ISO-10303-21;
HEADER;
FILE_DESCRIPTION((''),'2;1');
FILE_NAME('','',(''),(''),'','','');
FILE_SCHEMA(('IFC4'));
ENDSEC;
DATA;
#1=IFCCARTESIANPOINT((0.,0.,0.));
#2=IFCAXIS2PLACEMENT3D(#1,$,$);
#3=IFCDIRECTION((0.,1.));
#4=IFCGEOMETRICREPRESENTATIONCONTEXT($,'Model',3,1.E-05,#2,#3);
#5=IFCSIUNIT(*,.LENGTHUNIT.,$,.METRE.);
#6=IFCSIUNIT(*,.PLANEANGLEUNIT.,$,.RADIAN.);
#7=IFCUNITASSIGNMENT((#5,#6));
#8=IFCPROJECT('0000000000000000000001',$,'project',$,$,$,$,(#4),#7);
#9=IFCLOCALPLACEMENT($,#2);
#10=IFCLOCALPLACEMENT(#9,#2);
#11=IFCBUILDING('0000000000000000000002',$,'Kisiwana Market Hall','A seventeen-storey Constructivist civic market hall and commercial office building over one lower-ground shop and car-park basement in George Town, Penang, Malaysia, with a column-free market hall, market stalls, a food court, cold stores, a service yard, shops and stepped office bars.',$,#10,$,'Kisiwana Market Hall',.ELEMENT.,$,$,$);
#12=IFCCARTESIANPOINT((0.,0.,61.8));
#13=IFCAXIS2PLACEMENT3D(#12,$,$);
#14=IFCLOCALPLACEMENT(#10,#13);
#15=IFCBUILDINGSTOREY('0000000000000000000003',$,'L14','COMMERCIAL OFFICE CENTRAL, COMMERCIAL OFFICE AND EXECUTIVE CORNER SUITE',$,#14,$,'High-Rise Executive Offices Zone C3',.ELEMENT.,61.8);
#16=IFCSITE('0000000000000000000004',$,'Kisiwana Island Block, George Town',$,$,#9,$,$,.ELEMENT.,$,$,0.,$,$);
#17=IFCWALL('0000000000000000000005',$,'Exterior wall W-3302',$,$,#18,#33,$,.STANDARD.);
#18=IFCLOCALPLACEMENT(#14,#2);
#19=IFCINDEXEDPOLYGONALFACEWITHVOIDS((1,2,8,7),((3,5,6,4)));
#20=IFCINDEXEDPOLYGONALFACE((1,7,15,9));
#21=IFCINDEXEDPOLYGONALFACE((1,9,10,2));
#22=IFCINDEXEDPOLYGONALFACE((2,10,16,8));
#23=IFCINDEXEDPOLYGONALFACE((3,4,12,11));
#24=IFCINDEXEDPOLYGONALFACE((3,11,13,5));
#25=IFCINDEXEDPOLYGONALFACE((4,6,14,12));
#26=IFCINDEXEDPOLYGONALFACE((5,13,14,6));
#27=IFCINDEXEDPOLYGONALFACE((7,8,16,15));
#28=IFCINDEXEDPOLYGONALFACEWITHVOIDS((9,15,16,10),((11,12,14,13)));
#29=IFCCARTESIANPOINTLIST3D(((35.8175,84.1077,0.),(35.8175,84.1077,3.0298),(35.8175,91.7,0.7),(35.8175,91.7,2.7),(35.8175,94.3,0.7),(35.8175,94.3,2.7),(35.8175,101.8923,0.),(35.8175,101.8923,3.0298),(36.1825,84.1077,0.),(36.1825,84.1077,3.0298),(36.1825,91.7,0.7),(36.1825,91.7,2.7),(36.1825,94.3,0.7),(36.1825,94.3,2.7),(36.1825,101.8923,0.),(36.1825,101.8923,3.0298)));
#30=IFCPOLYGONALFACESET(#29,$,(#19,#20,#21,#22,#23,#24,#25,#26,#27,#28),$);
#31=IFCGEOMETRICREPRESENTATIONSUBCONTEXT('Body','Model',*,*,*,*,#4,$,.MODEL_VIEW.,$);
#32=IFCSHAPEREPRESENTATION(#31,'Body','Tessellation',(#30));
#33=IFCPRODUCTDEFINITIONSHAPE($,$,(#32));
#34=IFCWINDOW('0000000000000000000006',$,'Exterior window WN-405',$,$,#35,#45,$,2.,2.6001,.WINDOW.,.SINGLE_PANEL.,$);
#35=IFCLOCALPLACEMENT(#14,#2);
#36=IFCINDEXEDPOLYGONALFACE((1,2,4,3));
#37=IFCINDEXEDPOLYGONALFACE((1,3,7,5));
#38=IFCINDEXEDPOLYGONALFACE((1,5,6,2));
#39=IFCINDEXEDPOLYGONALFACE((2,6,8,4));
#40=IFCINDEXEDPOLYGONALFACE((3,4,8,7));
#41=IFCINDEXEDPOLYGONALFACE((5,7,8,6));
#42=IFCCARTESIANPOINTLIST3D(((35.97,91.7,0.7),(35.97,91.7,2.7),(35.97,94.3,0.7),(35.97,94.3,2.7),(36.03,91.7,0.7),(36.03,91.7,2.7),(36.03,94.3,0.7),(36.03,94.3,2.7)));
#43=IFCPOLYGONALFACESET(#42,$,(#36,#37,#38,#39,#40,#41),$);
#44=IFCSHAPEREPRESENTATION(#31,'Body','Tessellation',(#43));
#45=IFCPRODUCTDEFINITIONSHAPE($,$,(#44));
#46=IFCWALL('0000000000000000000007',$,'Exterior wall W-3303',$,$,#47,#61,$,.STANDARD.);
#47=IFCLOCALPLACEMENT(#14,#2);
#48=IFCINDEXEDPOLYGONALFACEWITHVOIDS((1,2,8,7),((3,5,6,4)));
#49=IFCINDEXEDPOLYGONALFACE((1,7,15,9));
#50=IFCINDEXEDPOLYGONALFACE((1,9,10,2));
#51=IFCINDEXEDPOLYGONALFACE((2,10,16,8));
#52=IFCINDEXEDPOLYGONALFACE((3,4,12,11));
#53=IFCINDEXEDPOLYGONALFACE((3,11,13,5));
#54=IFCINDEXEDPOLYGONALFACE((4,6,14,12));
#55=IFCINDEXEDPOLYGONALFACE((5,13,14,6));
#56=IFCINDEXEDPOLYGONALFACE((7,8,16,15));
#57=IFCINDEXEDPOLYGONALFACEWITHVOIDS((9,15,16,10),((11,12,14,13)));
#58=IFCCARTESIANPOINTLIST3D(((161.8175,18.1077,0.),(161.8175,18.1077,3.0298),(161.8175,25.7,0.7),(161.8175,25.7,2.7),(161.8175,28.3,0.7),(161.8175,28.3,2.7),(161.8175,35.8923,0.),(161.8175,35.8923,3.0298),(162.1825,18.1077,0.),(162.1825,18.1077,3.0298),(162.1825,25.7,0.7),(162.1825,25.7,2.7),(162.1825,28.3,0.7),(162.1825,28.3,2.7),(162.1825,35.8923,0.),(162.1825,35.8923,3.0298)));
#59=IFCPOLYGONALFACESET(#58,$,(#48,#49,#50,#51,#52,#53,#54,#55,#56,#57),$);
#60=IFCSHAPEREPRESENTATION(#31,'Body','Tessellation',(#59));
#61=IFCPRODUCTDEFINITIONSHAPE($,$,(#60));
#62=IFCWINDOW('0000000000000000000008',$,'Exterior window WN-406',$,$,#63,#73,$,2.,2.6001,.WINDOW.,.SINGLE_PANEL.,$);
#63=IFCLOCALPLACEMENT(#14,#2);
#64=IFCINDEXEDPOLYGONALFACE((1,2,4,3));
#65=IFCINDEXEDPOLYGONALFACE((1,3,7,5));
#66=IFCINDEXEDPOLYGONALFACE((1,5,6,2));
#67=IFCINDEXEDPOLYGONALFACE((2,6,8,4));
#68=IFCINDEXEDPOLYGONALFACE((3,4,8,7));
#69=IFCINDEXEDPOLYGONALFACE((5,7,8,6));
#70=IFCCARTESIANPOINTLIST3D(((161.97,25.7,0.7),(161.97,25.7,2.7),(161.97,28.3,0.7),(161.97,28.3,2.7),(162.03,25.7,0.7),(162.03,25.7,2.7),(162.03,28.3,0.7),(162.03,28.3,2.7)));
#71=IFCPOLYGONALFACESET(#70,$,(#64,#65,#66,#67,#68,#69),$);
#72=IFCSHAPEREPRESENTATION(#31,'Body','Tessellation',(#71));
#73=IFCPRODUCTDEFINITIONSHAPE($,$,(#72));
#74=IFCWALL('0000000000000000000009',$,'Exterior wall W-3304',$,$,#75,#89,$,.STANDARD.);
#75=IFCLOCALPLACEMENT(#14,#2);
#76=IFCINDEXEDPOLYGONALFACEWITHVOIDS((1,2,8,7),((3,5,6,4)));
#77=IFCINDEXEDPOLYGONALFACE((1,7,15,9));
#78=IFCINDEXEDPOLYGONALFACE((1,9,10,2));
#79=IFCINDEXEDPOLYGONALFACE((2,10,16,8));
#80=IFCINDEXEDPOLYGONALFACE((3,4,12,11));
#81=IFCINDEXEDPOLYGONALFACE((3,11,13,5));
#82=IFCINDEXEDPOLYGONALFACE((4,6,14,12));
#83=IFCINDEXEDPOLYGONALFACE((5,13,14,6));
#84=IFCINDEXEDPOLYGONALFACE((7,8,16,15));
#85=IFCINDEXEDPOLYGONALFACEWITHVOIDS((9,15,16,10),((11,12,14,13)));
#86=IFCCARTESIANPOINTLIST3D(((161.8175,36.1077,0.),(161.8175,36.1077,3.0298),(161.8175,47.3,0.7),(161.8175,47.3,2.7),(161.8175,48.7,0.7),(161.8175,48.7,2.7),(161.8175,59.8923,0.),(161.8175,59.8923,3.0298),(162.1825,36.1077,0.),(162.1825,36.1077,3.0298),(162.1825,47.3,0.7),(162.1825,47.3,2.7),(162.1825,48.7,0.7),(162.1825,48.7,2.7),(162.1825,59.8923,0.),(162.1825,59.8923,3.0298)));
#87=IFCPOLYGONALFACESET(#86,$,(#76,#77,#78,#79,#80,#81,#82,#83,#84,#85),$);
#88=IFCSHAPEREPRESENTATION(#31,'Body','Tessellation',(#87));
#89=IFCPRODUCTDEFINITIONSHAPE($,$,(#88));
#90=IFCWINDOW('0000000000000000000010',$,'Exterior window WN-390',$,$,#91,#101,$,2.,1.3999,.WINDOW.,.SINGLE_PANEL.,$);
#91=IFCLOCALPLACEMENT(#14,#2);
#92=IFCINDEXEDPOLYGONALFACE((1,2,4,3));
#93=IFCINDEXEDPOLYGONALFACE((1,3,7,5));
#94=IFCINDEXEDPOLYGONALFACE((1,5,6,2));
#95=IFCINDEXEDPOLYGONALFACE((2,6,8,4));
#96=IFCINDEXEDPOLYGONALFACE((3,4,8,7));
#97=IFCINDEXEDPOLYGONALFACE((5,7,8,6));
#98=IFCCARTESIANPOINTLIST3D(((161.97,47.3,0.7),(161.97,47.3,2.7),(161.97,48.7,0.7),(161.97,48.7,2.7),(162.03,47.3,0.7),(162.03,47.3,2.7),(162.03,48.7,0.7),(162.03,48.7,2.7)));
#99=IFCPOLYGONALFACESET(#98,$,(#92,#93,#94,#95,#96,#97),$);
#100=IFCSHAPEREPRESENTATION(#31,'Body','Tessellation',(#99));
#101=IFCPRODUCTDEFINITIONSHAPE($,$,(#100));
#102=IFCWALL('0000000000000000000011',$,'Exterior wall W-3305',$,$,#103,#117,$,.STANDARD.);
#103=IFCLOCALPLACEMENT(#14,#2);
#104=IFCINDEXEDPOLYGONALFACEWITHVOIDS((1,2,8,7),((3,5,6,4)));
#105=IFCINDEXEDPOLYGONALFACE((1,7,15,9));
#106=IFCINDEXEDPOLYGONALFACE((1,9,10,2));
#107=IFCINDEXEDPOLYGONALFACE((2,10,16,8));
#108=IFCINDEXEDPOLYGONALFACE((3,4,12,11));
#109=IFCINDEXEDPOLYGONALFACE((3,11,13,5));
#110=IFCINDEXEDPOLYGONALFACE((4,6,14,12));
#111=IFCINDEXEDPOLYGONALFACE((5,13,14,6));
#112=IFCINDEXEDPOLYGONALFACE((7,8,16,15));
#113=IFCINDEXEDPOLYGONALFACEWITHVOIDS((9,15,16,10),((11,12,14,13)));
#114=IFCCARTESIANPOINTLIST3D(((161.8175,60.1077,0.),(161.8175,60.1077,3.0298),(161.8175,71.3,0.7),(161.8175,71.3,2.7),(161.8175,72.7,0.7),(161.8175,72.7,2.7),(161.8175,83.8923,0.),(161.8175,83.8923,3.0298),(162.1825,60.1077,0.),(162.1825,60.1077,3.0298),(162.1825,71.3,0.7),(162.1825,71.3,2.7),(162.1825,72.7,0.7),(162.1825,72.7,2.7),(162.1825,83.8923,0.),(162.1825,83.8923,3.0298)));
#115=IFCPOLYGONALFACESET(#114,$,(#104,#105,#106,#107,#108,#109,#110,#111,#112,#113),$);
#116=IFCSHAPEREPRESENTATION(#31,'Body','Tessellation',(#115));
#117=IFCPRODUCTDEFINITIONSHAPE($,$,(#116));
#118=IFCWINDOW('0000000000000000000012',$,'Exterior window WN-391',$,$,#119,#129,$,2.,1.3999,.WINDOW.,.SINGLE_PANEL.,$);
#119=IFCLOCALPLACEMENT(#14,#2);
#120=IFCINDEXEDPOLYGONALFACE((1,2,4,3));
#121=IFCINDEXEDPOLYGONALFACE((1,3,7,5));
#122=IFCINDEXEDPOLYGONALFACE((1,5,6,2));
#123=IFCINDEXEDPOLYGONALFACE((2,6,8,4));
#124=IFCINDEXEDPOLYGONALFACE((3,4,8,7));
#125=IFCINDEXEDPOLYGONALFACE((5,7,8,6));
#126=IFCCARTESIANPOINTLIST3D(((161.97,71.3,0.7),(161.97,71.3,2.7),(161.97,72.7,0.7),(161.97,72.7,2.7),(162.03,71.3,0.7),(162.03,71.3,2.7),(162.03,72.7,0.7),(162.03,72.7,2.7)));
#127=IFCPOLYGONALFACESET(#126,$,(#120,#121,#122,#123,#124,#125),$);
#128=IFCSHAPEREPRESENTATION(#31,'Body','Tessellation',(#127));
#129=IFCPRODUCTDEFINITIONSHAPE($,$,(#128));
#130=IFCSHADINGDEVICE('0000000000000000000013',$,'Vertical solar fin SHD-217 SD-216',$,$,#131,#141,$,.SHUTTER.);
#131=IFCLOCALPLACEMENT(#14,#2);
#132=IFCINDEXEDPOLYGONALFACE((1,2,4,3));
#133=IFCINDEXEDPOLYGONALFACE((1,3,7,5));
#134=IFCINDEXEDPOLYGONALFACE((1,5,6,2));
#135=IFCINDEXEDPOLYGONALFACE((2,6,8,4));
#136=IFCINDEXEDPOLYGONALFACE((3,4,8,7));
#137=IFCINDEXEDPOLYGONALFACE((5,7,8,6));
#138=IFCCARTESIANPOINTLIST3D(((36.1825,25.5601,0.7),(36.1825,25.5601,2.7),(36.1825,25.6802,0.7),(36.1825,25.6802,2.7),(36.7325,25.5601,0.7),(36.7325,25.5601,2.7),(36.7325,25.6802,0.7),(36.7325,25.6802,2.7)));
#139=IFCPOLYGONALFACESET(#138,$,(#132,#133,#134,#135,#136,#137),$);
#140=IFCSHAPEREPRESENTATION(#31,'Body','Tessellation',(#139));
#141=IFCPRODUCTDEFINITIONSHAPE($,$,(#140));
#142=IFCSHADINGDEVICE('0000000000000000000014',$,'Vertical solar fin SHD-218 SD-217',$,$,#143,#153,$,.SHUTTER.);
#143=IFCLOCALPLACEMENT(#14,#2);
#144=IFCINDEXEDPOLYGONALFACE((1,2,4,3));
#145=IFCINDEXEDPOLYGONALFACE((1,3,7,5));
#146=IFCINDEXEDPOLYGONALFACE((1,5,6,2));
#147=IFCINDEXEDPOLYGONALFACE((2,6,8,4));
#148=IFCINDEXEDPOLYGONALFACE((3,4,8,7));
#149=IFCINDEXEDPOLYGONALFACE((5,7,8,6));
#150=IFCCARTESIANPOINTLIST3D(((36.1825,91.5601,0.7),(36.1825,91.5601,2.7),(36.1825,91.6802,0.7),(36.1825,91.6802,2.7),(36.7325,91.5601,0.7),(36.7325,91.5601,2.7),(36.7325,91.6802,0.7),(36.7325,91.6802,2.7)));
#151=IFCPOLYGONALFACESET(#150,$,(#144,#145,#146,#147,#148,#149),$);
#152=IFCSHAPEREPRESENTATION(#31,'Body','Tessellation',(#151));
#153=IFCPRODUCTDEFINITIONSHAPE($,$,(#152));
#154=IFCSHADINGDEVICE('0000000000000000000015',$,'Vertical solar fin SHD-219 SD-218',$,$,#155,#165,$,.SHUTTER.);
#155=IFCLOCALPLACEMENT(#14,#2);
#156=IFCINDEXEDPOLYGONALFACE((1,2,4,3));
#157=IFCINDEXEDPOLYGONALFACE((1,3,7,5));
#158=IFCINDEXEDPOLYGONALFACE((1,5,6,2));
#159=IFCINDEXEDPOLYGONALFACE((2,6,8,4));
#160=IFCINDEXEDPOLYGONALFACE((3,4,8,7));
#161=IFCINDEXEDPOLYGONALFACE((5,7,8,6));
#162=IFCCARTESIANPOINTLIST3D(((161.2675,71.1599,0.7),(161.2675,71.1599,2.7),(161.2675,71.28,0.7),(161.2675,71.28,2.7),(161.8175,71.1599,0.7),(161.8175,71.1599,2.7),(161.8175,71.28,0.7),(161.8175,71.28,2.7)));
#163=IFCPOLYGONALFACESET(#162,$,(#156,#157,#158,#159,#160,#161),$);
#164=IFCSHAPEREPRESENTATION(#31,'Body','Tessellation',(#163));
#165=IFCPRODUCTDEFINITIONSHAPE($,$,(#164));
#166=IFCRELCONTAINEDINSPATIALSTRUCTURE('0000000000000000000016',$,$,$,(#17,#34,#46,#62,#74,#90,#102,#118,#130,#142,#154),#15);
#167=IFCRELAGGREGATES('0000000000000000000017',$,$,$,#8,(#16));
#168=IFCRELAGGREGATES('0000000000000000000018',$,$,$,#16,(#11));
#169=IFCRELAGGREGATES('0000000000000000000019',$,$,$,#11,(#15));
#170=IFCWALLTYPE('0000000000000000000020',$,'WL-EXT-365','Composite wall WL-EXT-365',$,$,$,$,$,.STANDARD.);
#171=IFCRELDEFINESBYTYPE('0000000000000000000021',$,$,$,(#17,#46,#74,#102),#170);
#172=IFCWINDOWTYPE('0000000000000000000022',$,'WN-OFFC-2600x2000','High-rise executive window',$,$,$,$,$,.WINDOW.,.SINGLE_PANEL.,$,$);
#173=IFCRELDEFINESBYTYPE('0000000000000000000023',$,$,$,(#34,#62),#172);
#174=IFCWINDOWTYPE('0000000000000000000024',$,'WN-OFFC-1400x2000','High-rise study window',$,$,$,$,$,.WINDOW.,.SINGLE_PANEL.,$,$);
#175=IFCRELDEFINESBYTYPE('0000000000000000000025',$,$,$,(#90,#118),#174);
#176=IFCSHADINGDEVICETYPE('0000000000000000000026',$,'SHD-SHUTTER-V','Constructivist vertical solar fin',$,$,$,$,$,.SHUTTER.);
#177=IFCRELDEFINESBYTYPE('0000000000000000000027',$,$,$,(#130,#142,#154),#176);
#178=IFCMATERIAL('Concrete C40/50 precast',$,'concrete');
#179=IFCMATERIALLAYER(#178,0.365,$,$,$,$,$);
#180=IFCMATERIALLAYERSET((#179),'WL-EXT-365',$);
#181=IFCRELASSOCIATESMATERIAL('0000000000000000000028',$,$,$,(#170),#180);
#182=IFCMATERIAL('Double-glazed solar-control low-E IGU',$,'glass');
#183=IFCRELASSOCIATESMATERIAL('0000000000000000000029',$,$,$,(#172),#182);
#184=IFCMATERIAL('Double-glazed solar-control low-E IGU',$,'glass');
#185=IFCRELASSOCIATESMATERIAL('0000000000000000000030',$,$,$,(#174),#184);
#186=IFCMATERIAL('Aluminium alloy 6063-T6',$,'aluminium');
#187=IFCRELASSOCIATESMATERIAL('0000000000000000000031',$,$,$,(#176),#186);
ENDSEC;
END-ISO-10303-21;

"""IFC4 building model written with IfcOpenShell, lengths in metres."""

from ifc_helpers import new_model, si_unit, direction, frame, frame_2d, origin, origin_2d, place, context, subcontext, project, spatial, rectangle, extrude, material, layer, layer_set, type_object, element, fill, save


model = new_model("IFC4")

# Units and contexts
model_context = context("Model", 3, precision=1e-05, world=origin(), true_north=direction((0.0, 1.0)))
body_context = subcontext(model_context, "Body", "Model", "MODEL_VIEW")
ifc_project = project(units=[si_unit("LENGTHUNIT", "METRE"), si_unit("PLANEANGLEUNIT", "RADIAN")], contexts=[model_context])

# Site, building, storey
site_placement = place(None, origin())
site = spatial("IfcSite", under=ifc_project, at=site_placement, Name="Kisiwana Island Block, George Town", CompositionType="ELEMENT", RefElevation=0.0)
building_placement = place(site_placement, origin())
building = spatial("IfcBuilding", under=site, at=building_placement, Name="Kisiwana Market Hall", Description="A seventeen-storey Constructivist civic market hall and commercial office building over one lower-ground shop and car-park basement in George Town, Penang, Malaysia, with a column-free market hall, market stalls, a food court, cold stores, a service yard, shops and stepped office bars.", LongName="Kisiwana Market Hall", CompositionType="ELEMENT")
storey_placement = place(building_placement, frame((0.0, 0.0, 61.8)))
storey = spatial("IfcBuildingStorey", under=building, at=storey_placement, Name="L14", Description="COMMERCIAL OFFICE CENTRAL, COMMERCIAL OFFICE AND EXECUTIVE CORNER SUITE", LongName="High-Rise Executive Offices Zone C3", CompositionType="ELEMENT", Elevation=61.8)

# Walls, openings, windows
ifc_material_1 = material(Name="Concrete C40/50 precast", Category="concrete")
ifc_layer = layer(ifc_material_1, 0.365)
ifc_layer_set = layer_set([ifc_layer], Name="WL-EXT-365")
wall_type = type_object("IfcWallType", Name="WL-EXT-365", Description="Composite wall WL-EXT-365", PredefinedType="STANDARD", material=ifc_layer_set)
ifc_material_2 = material(Name="Double-glazed solar-control low-E IGU", Category="glass")
window_type_1 = type_object("IfcWindowType", Name="WN-OFFC-2600x2000", Description="High-rise executive window", PartitioningType="SINGLE_PANEL", PredefinedType="WINDOW", material=ifc_material_2)
ifc_material_3 = material(Name="Double-glazed solar-control low-E IGU", Category="glass")
window_type_2 = type_object("IfcWindowType", Name="WN-OFFC-1400x2000", Description="High-rise study window", PartitioningType="SINGLE_PANEL", PredefinedType="WINDOW", material=ifc_material_3)
wall_1_placement = place(storey_placement, frame((36.0, 84.1077, 0.0), z_axis=(0.0, 0.0, 1.0), x_axis=(0.0, 1.0, 0.0)))
wall_1 = element("IfcWall", 1, at=wall_1_placement, inside=storey, type_object=wall_type, Name="Exterior wall W-3302", PredefinedType="STANDARD", context=body_context, shape_type="SweptSolid", body=[
    extrude(rectangle(XDim=17.7847, YDim=0.365, at=frame_2d((8.8923, 0.0))), origin(), (0.0, 0.0, 1.0), 3.0298),
])
opening_1_placement = place(wall_1_placement, frame((7.5923, 0.0, 0.7)))
opening_1 = element("IfcOpeningElement", 2, at=opening_1_placement, cuts=wall_1, PredefinedType="OPENING", context=body_context, shape_type="SweptSolid", body=[
    extrude(rectangle(XDim=2.6001, YDim=2.0, at=frame_2d((1.3, 1.0))), frame((0.0, 0.1943, 0.0), z_axis=(0.0, -1.0, 0.0), x_axis=(1.0, 0.0, 0.0)), (0.0, 0.0, 1.0), 0.3889),
])
window_1_placement = place(opening_1_placement, origin())
window_1 = element("IfcWindow", 3, at=window_1_placement, inside=storey, type_object=window_type_1, Name="Exterior window WN-405", OverallHeight=2.0, OverallWidth=2.6001, PartitioningType="SINGLE_PANEL", PredefinedType="WINDOW", context=body_context, shape_type="SweptSolid", body=[
    extrude(rectangle(XDim=2.6001, YDim=2.0, at=frame_2d((1.3, 1.0))), frame((0.0, 0.03, 0.0), z_axis=(0.0, -1.0, 0.0), x_axis=(1.0, 0.0, 0.0)), (0.0, 0.0, 1.0), 0.0601),
])
fill(opening_1, window_1)
wall_2_placement = place(storey_placement, frame((162.0, 18.1077, 0.0), z_axis=(0.0, 0.0, 1.0), x_axis=(0.0, 1.0, 0.0)))
wall_2 = element("IfcWall", 4, at=wall_2_placement, inside=storey, type_object=wall_type, Name="Exterior wall W-3303", PredefinedType="STANDARD", context=body_context, shape_type="SweptSolid", body=[
    extrude(rectangle(XDim=17.7847, YDim=0.365, at=frame_2d((8.8923, 0.0))), origin(), (0.0, 0.0, 1.0), 3.0298),
])
opening_2_placement = place(wall_2_placement, frame((7.5923, 0.0, 0.7)))
opening_2 = element("IfcOpeningElement", 5, at=opening_2_placement, cuts=wall_2, PredefinedType="OPENING", context=body_context, shape_type="SweptSolid", body=[
    extrude(rectangle(XDim=2.6001, YDim=2.0, at=frame_2d((1.3, 1.0))), frame((0.0, 0.1943, 0.0), z_axis=(0.0, -1.0, 0.0), x_axis=(1.0, 0.0, 0.0)), (0.0, 0.0, 1.0), 0.3889),
])
window_2_placement = place(opening_2_placement, origin())
window_2 = element("IfcWindow", 6, at=window_2_placement, inside=storey, type_object=window_type_1, Name="Exterior window WN-406", OverallHeight=2.0, OverallWidth=2.6001, PartitioningType="SINGLE_PANEL", PredefinedType="WINDOW", context=body_context, shape_type="SweptSolid", body=[
    extrude(rectangle(XDim=2.6001, YDim=2.0, at=frame_2d((1.3, 1.0))), frame((0.0, 0.03, 0.0), z_axis=(0.0, -1.0, 0.0), x_axis=(1.0, 0.0, 0.0)), (0.0, 0.0, 1.0), 0.0601),
])
fill(opening_2, window_2)
wall_3_placement = place(storey_placement, frame((162.0, 36.1077, 0.0), z_axis=(0.0, 0.0, 1.0), x_axis=(0.0, 1.0, 0.0)))
wall_3 = element("IfcWall", 7, at=wall_3_placement, inside=storey, type_object=wall_type, Name="Exterior wall W-3304", PredefinedType="STANDARD", context=body_context, shape_type="SweptSolid", body=[
    extrude(rectangle(XDim=23.7847, YDim=0.365, at=frame_2d((11.8923, 0.0))), origin(), (0.0, 0.0, 1.0), 3.0298),
])
opening_3_placement = place(wall_3_placement, frame((11.1924, 0.0, 0.7)))
opening_3 = element("IfcOpeningElement", 8, at=opening_3_placement, cuts=wall_3, PredefinedType="OPENING", context=body_context, shape_type="SweptSolid", body=[
    extrude(rectangle(XDim=1.3999, YDim=2.0, at=frame_2d((0.7, 1.0))), frame((0.0, 0.1943, 0.0), z_axis=(0.0, -1.0, 0.0), x_axis=(1.0, 0.0, 0.0)), (0.0, 0.0, 1.0), 0.3889),
])
window_3_placement = place(opening_3_placement, origin())
window_3 = element("IfcWindow", 9, at=window_3_placement, inside=storey, type_object=window_type_2, Name="Exterior window WN-390", OverallHeight=2.0, OverallWidth=1.3999, PartitioningType="SINGLE_PANEL", PredefinedType="WINDOW", context=body_context, shape_type="SweptSolid", body=[
    extrude(rectangle(XDim=1.3999, YDim=2.0, at=frame_2d((0.7, 1.0))), frame((0.0, 0.03, 0.0), z_axis=(0.0, -1.0, 0.0), x_axis=(1.0, 0.0, 0.0)), (0.0, 0.0, 1.0), 0.0601),
])
fill(opening_3, window_3)
wall_4_placement = place(storey_placement, frame((162.0, 60.1077, 0.0), z_axis=(0.0, 0.0, 1.0), x_axis=(0.0, 1.0, 0.0)))
wall_4 = element("IfcWall", 10, at=wall_4_placement, inside=storey, type_object=wall_type, Name="Exterior wall W-3305", PredefinedType="STANDARD", context=body_context, shape_type="SweptSolid", body=[
    extrude(rectangle(XDim=23.7847, YDim=0.365, at=frame_2d((11.8923, 0.0))), origin(), (0.0, 0.0, 1.0), 3.0298),
])
opening_4_placement = place(wall_4_placement, frame((11.1924, 0.0, 0.7)))
opening_4 = element("IfcOpeningElement", 11, at=opening_4_placement, cuts=wall_4, PredefinedType="OPENING", context=body_context, shape_type="SweptSolid", body=[
    extrude(rectangle(XDim=1.3999, YDim=2.0, at=frame_2d((0.7, 1.0))), frame((0.0, 0.1943, 0.0), z_axis=(0.0, -1.0, 0.0), x_axis=(1.0, 0.0, 0.0)), (0.0, 0.0, 1.0), 0.3889),
])
window_4_placement = place(opening_4_placement, origin())
window_4 = element("IfcWindow", 12, at=window_4_placement, inside=storey, type_object=window_type_2, Name="Exterior window WN-391", OverallHeight=2.0, OverallWidth=1.3999, PartitioningType="SINGLE_PANEL", PredefinedType="WINDOW", context=body_context, shape_type="SweptSolid", body=[
    extrude(rectangle(XDim=1.3999, YDim=2.0, at=frame_2d((0.7, 1.0))), frame((0.0, 0.03, 0.0), z_axis=(0.0, -1.0, 0.0), x_axis=(1.0, 0.0, 0.0)), (0.0, 0.0, 1.0), 0.0601),
])
fill(opening_4, window_4)

# Shading devices
ifc_material_4 = material(Name="Aluminium alloy 6063-T6", Category="aluminium")
shading_device_type = type_object("IfcShadingDeviceType", Name="SHD-SHUTTER-V", Description="Constructivist vertical solar fin", PredefinedType="SHUTTER", material=ifc_material_4)
for number, where, z_axis, x_axis, name in (
    (13, (36.4575, 25.6201, 0.7), (0.0, 0.0, 1.0), (0.0, 1.0, 0.0), "Vertical solar fin SHD-217 SD-216"),
    (14, (36.4575, 91.6201, 0.7), (0.0, 0.0, 1.0), (0.0, 1.0, 0.0), "Vertical solar fin SHD-218 SD-217"),
    (15, (161.5425, 71.22, 0.7), (0.0, 0.0, 1.0), (0.0, 1.0, 0.0), "Vertical solar fin SHD-219 SD-218"),
):
    element("IfcShadingDevice", number, at=place(storey_placement, frame(where, z_axis=z_axis, x_axis=x_axis)), inside=storey, type_object=shading_device_type, Name=name, PredefinedType="SHUTTER", context=body_context, shape_type="SweptSolid", body=[
        extrude(rectangle(XDim=0.1201, YDim=0.55, at=origin_2d()), origin(), (0.0, 0.0, 1.0), 2.0),
    ])

save(model, "model.ifc")
